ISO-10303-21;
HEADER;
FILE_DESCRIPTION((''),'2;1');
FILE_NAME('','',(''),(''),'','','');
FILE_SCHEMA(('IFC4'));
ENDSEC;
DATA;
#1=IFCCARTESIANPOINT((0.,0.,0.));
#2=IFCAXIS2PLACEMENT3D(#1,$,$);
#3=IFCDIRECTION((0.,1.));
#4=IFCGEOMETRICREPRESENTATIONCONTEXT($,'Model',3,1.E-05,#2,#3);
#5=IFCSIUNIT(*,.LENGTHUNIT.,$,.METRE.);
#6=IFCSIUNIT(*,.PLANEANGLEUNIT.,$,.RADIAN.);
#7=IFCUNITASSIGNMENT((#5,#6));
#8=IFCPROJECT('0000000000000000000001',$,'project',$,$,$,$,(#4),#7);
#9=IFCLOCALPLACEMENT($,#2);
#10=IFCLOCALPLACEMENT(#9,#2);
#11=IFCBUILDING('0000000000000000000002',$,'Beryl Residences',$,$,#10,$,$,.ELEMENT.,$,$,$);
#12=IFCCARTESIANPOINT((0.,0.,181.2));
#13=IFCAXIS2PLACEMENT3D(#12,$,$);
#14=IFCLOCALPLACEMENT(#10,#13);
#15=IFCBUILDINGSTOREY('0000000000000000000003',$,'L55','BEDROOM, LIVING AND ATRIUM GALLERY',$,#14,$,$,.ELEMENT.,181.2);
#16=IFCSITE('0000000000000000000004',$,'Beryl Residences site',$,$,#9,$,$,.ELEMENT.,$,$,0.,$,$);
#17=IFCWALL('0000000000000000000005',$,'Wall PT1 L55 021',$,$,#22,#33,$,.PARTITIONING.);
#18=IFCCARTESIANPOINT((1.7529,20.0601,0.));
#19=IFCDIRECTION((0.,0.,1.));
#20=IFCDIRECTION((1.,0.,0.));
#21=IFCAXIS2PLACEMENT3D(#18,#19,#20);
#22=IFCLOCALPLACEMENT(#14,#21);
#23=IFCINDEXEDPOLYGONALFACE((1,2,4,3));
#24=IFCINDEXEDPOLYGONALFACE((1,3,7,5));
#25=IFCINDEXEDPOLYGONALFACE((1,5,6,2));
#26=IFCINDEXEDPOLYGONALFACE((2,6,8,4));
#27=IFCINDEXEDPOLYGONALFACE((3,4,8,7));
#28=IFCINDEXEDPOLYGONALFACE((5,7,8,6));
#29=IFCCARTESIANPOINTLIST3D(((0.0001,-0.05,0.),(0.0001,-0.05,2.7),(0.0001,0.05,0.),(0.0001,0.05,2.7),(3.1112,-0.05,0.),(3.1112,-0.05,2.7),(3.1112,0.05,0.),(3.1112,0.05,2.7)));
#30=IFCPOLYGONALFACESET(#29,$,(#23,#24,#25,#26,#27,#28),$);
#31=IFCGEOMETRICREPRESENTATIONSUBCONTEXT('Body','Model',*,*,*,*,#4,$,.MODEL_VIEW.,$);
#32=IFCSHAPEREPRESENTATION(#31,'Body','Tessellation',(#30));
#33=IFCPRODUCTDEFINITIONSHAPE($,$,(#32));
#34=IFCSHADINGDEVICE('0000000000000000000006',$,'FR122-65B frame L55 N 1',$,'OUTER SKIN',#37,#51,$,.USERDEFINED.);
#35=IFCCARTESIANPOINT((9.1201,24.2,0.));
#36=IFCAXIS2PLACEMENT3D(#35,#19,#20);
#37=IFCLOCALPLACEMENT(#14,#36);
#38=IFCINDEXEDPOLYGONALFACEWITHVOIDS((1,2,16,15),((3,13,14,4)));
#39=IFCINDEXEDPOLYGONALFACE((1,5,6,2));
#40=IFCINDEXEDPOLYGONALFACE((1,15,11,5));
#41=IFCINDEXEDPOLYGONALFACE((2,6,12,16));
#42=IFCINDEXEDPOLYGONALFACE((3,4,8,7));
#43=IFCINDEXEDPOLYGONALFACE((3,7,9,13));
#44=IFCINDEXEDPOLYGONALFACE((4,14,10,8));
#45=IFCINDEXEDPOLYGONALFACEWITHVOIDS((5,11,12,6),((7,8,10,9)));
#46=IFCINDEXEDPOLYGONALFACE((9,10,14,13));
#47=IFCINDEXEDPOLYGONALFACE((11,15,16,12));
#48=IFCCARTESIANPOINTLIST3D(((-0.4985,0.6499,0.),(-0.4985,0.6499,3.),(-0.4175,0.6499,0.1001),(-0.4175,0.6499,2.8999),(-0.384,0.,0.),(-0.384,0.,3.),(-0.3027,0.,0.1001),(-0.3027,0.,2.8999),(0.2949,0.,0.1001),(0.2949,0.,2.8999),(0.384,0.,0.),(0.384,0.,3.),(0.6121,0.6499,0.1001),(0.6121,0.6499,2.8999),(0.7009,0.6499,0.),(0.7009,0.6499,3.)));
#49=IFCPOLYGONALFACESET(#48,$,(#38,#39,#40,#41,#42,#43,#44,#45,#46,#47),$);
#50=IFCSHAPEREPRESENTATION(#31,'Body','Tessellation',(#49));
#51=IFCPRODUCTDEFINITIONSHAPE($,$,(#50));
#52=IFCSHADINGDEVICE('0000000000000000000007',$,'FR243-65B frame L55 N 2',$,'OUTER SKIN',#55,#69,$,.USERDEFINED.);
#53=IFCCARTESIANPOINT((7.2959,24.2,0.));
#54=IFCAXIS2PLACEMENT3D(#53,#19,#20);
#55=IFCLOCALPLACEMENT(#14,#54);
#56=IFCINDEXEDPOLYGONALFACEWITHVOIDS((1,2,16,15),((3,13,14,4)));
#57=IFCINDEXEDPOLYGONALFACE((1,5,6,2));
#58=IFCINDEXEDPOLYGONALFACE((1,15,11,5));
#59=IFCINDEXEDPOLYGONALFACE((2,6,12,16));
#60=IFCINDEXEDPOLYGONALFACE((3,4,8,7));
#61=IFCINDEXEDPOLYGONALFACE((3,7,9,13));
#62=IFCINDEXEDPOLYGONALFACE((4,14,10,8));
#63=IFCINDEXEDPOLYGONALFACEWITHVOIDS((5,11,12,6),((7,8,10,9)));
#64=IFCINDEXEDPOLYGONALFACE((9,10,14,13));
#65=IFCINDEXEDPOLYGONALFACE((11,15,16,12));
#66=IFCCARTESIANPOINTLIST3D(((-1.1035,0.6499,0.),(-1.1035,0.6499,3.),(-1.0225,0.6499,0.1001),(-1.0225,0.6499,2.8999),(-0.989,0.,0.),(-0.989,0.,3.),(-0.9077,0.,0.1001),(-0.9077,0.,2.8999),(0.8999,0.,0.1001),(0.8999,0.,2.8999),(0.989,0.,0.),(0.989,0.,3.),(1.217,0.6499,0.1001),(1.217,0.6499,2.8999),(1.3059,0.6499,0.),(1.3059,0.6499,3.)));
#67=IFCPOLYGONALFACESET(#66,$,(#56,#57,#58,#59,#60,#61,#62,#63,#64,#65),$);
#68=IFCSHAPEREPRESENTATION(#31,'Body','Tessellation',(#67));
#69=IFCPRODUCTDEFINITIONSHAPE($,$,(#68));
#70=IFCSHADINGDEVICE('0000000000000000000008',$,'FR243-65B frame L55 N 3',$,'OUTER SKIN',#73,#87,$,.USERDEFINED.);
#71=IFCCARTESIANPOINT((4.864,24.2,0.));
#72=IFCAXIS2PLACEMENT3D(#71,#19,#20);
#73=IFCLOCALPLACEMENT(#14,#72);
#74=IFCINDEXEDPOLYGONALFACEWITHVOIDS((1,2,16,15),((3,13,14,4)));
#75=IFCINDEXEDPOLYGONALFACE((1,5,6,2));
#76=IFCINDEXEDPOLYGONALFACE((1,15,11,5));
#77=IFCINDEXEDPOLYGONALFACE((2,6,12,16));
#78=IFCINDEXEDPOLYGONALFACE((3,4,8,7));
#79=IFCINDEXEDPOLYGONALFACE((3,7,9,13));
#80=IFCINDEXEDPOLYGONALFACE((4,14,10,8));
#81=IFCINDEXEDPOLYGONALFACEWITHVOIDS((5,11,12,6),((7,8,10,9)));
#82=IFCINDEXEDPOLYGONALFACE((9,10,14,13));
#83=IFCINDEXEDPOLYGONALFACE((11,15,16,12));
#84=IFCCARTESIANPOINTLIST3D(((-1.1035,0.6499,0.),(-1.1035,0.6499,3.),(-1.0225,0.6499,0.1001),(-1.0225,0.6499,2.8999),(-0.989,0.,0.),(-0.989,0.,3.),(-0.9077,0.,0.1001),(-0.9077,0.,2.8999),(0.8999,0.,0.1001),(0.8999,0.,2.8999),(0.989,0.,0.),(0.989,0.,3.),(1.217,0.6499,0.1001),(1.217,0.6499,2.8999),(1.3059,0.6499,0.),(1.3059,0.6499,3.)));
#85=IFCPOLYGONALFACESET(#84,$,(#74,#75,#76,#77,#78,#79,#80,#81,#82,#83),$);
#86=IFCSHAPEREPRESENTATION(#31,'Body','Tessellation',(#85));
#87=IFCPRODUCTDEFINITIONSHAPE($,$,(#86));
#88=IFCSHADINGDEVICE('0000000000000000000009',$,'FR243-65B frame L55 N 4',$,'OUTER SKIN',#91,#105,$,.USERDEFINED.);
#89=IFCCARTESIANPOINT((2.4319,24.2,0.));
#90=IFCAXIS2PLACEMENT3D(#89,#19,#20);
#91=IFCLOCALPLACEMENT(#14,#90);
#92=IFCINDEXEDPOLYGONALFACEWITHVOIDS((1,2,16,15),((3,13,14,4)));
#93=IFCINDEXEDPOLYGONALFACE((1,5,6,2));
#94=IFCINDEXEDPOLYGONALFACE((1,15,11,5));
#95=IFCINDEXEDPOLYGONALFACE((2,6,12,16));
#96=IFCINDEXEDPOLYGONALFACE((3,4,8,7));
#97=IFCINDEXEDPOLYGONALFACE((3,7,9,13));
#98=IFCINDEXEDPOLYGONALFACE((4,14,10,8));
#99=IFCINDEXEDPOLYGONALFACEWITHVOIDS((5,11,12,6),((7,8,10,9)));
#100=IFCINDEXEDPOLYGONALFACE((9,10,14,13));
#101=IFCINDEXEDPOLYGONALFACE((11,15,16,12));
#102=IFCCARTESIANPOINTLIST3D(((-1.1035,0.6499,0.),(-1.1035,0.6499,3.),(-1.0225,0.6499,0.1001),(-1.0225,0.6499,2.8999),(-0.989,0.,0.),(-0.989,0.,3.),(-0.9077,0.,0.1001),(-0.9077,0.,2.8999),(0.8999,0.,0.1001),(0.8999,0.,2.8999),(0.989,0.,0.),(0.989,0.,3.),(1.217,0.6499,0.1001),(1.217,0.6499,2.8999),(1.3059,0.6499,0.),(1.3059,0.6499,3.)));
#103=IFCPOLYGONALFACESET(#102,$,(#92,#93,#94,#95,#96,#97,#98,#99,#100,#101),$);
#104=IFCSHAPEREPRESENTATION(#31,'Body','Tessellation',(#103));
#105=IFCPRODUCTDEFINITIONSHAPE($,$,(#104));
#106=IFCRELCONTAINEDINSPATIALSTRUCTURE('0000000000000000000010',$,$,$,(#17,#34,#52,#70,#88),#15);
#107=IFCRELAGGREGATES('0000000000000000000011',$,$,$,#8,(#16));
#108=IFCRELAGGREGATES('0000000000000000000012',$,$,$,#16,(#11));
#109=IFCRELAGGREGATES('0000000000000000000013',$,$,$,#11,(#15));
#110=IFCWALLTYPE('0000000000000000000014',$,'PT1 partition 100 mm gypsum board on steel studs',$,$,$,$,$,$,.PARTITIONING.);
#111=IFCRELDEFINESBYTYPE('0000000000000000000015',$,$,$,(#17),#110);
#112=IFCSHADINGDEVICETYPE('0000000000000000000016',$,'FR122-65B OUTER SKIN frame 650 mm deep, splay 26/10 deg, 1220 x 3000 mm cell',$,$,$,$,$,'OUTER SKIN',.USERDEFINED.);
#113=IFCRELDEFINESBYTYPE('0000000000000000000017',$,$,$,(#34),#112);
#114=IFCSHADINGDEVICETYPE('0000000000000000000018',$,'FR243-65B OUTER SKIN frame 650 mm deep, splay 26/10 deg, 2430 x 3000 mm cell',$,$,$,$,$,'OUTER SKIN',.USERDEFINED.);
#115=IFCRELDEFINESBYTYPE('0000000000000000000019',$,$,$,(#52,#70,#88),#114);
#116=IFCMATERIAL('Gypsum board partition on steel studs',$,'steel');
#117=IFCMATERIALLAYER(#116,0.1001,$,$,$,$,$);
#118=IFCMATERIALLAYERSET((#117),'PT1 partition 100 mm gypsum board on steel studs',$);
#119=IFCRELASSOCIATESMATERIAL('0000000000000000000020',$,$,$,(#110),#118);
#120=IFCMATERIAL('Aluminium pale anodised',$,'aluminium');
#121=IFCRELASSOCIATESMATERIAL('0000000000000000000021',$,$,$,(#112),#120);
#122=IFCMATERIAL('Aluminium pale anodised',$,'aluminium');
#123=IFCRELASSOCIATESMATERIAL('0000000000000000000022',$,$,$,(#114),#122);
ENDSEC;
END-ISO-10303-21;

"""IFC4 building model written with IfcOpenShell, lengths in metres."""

from ifc_helpers import new_model, entity, si_unit, direction, frame, frame_2d, origin, place, context, subcontext, project, spatial, rectangle, extrude, source, transform, mapped, material, layer, layer_set, type_object, type_shapes, element, save


model = new_model("IFC4")

# Units and contexts
model_context = context("Model", 3, precision=1e-05, world=origin(), true_north=direction((0.0, 1.0)))
body_context = subcontext(model_context, "Body", "Model", "MODEL_VIEW")
ifc_project = project(units=[si_unit("LENGTHUNIT", "METRE"), si_unit("PLANEANGLEUNIT", "RADIAN")], contexts=[model_context])

# Site, building, storey
site_placement = place(None, origin())
site = spatial("IfcSite", under=ifc_project, at=site_placement, Name="Beryl Residences site", CompositionType="ELEMENT", RefElevation=0.0)
building_placement = place(site_placement, origin())
building = spatial("IfcBuilding", under=site, at=building_placement, Name="Beryl Residences", CompositionType="ELEMENT")
storey_placement = place(building_placement, frame((0.0, 0.0, 181.2)))
storey = spatial("IfcBuildingStorey", under=building, at=storey_placement, Name="L55", Description="BEDROOM, LIVING AND ATRIUM GALLERY", CompositionType="ELEMENT", Elevation=181.2)

# Shared definitions
ifc_material_1 = material(Name="Gypsum board partition on steel studs", Category="steel")
ifc_layer = layer(ifc_material_1, 0.1001)
ifc_layer_set = layer_set([ifc_layer], Name="PT1 partition 100 mm gypsum board on steel studs")
wall_type = type_object("IfcWallType", Name="PT1 partition 100 mm gypsum board on steel studs", PredefinedType="PARTITIONING", material=ifc_layer_set)

# Wall
wall_1_placement = place(storey_placement, frame((1.7529, 20.0601, 0.0), z_axis=(0.0, 0.0, 1.0), x_axis=(1.0, 0.0, 0.0)))
element("IfcWall", 1, at=wall_1_placement, inside=storey, type_object=wall_type, Name="Wall PT1 L55 021", PredefinedType="PARTITIONING", context=body_context, shape_type="SweptSolid", body=[
    extrude(rectangle(XDim=3.1111, YDim=0.1001, at=frame_2d((1.5557, 0.0))), origin(), (0.0, 0.0, 1.0), 2.7),
])

# Shading devices
ifc_material_2 = material(Name="Aluminium pale anodised", Category="aluminium")
shading_device_type_1 = type_object("IfcShadingDeviceType", Name="FR122-65B OUTER SKIN frame 650 mm deep, splay 26/10 deg, 1220 x 3000 mm cell", ElementType="OUTER SKIN", PredefinedType="USERDEFINED", material=ifc_material_2)
cartesian_point_1 = entity("IfcCartesianPoint", [-0.384, 0.0])
cartesian_point_2 = entity("IfcCartesianPoint", [-0.2949, 0.1001])
cartesian_point_3 = entity("IfcCartesianPoint", [-0.7009, 0.0])
cartesian_point_4 = entity("IfcCartesianPoint", [-0.6121, 0.1001])
shared_shape_1 = source(origin(), body_context, "Body", "SweptSolid", [
    entity("IfcExtrudedAreaSolidTapered", entity("IfcArbitraryProfileDefWithVoids", "AREA", None, entity("IfcPolyline", [cartesian_point_1, entity("IfcCartesianPoint", [0.384, 0.0]), entity("IfcCartesianPoint", [0.384, 3.0]), entity("IfcCartesianPoint", [-0.384, 3.0]), cartesian_point_1]), [entity("IfcPolyline", [cartesian_point_2, entity("IfcCartesianPoint", [0.3027, 0.1001]), entity("IfcCartesianPoint", [0.3027, 2.8999]), entity("IfcCartesianPoint", [-0.2949, 2.8999]), cartesian_point_2])]), entity("IfcAxis2Placement3D", entity("IfcCartesianPoint", [0.0, 0.0, 0.0]), entity("IfcDirection", [0.0, 1.0, 0.0]), entity("IfcDirection", [-1.0, 0.0, 0.0])), entity("IfcDirection", [0.0, 0.0, 1.0]), 0.6499, entity("IfcArbitraryProfileDefWithVoids", "AREA", None, entity("IfcPolyline", [cartesian_point_3, entity("IfcCartesianPoint", [0.4985, 0.0]), entity("IfcCartesianPoint", [0.4985, 3.0]), entity("IfcCartesianPoint", [-0.7009, 3.0]), cartesian_point_3]), [entity("IfcPolyline", [cartesian_point_4, entity("IfcCartesianPoint", [0.4175, 0.1001]), entity("IfcCartesianPoint", [0.4175, 2.8999]), entity("IfcCartesianPoint", [-0.6121, 2.8999]), cartesian_point_4])])),
])
type_shapes(shading_device_type_1, [shared_shape_1])
shading_device_placement = place(storey_placement, frame((9.1201, 24.2, 0.0), z_axis=(0.0, 0.0, 1.0), x_axis=(1.0, 0.0, 0.0)))
element("IfcShadingDevice", 2, at=shading_device_placement, inside=storey, type_object=shading_device_type_1, Name="FR122-65B frame L55 N 1", ObjectType="OUTER SKIN", PredefinedType="USERDEFINED", context=body_context, shape_type="MappedRepresentation", body=[
    mapped(shared_shape_1, transform((0.0, 0.0, 0.0))),
])
ifc_material_3 = material(Name="Aluminium pale anodised", Category="aluminium")
shading_device_type_2 = type_object("IfcShadingDeviceType", Name="FR243-65B OUTER SKIN frame 650 mm deep, splay 26/10 deg, 2430 x 3000 mm cell", ElementType="OUTER SKIN", PredefinedType="USERDEFINED", material=ifc_material_3)
cartesian_point_5 = entity("IfcCartesianPoint", [-0.989, 0.0])
cartesian_point_6 = entity("IfcCartesianPoint", [-0.8999, 0.1001])
cartesian_point_7 = entity("IfcCartesianPoint", [-1.3059, 0.0])
cartesian_point_8 = entity("IfcCartesianPoint", [-1.217, 0.1001])
shared_shape_2 = source(origin(), body_context, "Body", "SweptSolid", [
    entity("IfcExtrudedAreaSolidTapered", entity("IfcArbitraryProfileDefWithVoids", "AREA", None, entity("IfcPolyline", [cartesian_point_5, entity("IfcCartesianPoint", [0.989, 0.0]), entity("IfcCartesianPoint", [0.989, 3.0]), entity("IfcCartesianPoint", [-0.989, 3.0]), cartesian_point_5]), [entity("IfcPolyline", [cartesian_point_6, entity("IfcCartesianPoint", [0.9077, 0.1001]), entity("IfcCartesianPoint", [0.9077, 2.8999]), entity("IfcCartesianPoint", [-0.8999, 2.8999]), cartesian_point_6])]), entity("IfcAxis2Placement3D", entity("IfcCartesianPoint", [0.0, 0.0, 0.0]), entity("IfcDirection", [0.0, 1.0, 0.0]), entity("IfcDirection", [-1.0, 0.0, 0.0])), entity("IfcDirection", [0.0, 0.0, 1.0]), 0.6499, entity("IfcArbitraryProfileDefWithVoids", "AREA", None, entity("IfcPolyline", [cartesian_point_7, entity("IfcCartesianPoint", [1.1035, 0.0]), entity("IfcCartesianPoint", [1.1035, 3.0]), entity("IfcCartesianPoint", [-1.3059, 3.0]), cartesian_point_7]), [entity("IfcPolyline", [cartesian_point_8, entity("IfcCartesianPoint", [1.0225, 0.1001]), entity("IfcCartesianPoint", [1.0225, 2.8999]), entity("IfcCartesianPoint", [-1.217, 2.8999]), cartesian_point_8])])),
])
type_shapes(shading_device_type_2, [shared_shape_2])
for number, where, z_axis, x_axis, name in (
    (3, (7.2959, 24.2, 0.0), (0.0, 0.0, 1.0), (1.0, 0.0, 0.0), "FR243-65B frame L55 N 2"),
    (4, (4.864, 24.2, 0.0), (0.0, 0.0, 1.0), (1.0, 0.0, 0.0), "FR243-65B frame L55 N 3"),
    (5, (2.4319, 24.2, 0.0), (0.0, 0.0, 1.0), (1.0, 0.0, 0.0), "FR243-65B frame L55 N 4"),
):
    element("IfcShadingDevice", number, at=place(storey_placement, frame(where, z_axis=z_axis, x_axis=x_axis)), inside=storey, type_object=shading_device_type_2, Name=name, ObjectType="OUTER SKIN", PredefinedType="USERDEFINED", context=body_context, shape_type="MappedRepresentation", body=[
        mapped(shared_shape_2, transform((0.0, 0.0, 0.0))),
    ])

save(model, "model.ifc")
